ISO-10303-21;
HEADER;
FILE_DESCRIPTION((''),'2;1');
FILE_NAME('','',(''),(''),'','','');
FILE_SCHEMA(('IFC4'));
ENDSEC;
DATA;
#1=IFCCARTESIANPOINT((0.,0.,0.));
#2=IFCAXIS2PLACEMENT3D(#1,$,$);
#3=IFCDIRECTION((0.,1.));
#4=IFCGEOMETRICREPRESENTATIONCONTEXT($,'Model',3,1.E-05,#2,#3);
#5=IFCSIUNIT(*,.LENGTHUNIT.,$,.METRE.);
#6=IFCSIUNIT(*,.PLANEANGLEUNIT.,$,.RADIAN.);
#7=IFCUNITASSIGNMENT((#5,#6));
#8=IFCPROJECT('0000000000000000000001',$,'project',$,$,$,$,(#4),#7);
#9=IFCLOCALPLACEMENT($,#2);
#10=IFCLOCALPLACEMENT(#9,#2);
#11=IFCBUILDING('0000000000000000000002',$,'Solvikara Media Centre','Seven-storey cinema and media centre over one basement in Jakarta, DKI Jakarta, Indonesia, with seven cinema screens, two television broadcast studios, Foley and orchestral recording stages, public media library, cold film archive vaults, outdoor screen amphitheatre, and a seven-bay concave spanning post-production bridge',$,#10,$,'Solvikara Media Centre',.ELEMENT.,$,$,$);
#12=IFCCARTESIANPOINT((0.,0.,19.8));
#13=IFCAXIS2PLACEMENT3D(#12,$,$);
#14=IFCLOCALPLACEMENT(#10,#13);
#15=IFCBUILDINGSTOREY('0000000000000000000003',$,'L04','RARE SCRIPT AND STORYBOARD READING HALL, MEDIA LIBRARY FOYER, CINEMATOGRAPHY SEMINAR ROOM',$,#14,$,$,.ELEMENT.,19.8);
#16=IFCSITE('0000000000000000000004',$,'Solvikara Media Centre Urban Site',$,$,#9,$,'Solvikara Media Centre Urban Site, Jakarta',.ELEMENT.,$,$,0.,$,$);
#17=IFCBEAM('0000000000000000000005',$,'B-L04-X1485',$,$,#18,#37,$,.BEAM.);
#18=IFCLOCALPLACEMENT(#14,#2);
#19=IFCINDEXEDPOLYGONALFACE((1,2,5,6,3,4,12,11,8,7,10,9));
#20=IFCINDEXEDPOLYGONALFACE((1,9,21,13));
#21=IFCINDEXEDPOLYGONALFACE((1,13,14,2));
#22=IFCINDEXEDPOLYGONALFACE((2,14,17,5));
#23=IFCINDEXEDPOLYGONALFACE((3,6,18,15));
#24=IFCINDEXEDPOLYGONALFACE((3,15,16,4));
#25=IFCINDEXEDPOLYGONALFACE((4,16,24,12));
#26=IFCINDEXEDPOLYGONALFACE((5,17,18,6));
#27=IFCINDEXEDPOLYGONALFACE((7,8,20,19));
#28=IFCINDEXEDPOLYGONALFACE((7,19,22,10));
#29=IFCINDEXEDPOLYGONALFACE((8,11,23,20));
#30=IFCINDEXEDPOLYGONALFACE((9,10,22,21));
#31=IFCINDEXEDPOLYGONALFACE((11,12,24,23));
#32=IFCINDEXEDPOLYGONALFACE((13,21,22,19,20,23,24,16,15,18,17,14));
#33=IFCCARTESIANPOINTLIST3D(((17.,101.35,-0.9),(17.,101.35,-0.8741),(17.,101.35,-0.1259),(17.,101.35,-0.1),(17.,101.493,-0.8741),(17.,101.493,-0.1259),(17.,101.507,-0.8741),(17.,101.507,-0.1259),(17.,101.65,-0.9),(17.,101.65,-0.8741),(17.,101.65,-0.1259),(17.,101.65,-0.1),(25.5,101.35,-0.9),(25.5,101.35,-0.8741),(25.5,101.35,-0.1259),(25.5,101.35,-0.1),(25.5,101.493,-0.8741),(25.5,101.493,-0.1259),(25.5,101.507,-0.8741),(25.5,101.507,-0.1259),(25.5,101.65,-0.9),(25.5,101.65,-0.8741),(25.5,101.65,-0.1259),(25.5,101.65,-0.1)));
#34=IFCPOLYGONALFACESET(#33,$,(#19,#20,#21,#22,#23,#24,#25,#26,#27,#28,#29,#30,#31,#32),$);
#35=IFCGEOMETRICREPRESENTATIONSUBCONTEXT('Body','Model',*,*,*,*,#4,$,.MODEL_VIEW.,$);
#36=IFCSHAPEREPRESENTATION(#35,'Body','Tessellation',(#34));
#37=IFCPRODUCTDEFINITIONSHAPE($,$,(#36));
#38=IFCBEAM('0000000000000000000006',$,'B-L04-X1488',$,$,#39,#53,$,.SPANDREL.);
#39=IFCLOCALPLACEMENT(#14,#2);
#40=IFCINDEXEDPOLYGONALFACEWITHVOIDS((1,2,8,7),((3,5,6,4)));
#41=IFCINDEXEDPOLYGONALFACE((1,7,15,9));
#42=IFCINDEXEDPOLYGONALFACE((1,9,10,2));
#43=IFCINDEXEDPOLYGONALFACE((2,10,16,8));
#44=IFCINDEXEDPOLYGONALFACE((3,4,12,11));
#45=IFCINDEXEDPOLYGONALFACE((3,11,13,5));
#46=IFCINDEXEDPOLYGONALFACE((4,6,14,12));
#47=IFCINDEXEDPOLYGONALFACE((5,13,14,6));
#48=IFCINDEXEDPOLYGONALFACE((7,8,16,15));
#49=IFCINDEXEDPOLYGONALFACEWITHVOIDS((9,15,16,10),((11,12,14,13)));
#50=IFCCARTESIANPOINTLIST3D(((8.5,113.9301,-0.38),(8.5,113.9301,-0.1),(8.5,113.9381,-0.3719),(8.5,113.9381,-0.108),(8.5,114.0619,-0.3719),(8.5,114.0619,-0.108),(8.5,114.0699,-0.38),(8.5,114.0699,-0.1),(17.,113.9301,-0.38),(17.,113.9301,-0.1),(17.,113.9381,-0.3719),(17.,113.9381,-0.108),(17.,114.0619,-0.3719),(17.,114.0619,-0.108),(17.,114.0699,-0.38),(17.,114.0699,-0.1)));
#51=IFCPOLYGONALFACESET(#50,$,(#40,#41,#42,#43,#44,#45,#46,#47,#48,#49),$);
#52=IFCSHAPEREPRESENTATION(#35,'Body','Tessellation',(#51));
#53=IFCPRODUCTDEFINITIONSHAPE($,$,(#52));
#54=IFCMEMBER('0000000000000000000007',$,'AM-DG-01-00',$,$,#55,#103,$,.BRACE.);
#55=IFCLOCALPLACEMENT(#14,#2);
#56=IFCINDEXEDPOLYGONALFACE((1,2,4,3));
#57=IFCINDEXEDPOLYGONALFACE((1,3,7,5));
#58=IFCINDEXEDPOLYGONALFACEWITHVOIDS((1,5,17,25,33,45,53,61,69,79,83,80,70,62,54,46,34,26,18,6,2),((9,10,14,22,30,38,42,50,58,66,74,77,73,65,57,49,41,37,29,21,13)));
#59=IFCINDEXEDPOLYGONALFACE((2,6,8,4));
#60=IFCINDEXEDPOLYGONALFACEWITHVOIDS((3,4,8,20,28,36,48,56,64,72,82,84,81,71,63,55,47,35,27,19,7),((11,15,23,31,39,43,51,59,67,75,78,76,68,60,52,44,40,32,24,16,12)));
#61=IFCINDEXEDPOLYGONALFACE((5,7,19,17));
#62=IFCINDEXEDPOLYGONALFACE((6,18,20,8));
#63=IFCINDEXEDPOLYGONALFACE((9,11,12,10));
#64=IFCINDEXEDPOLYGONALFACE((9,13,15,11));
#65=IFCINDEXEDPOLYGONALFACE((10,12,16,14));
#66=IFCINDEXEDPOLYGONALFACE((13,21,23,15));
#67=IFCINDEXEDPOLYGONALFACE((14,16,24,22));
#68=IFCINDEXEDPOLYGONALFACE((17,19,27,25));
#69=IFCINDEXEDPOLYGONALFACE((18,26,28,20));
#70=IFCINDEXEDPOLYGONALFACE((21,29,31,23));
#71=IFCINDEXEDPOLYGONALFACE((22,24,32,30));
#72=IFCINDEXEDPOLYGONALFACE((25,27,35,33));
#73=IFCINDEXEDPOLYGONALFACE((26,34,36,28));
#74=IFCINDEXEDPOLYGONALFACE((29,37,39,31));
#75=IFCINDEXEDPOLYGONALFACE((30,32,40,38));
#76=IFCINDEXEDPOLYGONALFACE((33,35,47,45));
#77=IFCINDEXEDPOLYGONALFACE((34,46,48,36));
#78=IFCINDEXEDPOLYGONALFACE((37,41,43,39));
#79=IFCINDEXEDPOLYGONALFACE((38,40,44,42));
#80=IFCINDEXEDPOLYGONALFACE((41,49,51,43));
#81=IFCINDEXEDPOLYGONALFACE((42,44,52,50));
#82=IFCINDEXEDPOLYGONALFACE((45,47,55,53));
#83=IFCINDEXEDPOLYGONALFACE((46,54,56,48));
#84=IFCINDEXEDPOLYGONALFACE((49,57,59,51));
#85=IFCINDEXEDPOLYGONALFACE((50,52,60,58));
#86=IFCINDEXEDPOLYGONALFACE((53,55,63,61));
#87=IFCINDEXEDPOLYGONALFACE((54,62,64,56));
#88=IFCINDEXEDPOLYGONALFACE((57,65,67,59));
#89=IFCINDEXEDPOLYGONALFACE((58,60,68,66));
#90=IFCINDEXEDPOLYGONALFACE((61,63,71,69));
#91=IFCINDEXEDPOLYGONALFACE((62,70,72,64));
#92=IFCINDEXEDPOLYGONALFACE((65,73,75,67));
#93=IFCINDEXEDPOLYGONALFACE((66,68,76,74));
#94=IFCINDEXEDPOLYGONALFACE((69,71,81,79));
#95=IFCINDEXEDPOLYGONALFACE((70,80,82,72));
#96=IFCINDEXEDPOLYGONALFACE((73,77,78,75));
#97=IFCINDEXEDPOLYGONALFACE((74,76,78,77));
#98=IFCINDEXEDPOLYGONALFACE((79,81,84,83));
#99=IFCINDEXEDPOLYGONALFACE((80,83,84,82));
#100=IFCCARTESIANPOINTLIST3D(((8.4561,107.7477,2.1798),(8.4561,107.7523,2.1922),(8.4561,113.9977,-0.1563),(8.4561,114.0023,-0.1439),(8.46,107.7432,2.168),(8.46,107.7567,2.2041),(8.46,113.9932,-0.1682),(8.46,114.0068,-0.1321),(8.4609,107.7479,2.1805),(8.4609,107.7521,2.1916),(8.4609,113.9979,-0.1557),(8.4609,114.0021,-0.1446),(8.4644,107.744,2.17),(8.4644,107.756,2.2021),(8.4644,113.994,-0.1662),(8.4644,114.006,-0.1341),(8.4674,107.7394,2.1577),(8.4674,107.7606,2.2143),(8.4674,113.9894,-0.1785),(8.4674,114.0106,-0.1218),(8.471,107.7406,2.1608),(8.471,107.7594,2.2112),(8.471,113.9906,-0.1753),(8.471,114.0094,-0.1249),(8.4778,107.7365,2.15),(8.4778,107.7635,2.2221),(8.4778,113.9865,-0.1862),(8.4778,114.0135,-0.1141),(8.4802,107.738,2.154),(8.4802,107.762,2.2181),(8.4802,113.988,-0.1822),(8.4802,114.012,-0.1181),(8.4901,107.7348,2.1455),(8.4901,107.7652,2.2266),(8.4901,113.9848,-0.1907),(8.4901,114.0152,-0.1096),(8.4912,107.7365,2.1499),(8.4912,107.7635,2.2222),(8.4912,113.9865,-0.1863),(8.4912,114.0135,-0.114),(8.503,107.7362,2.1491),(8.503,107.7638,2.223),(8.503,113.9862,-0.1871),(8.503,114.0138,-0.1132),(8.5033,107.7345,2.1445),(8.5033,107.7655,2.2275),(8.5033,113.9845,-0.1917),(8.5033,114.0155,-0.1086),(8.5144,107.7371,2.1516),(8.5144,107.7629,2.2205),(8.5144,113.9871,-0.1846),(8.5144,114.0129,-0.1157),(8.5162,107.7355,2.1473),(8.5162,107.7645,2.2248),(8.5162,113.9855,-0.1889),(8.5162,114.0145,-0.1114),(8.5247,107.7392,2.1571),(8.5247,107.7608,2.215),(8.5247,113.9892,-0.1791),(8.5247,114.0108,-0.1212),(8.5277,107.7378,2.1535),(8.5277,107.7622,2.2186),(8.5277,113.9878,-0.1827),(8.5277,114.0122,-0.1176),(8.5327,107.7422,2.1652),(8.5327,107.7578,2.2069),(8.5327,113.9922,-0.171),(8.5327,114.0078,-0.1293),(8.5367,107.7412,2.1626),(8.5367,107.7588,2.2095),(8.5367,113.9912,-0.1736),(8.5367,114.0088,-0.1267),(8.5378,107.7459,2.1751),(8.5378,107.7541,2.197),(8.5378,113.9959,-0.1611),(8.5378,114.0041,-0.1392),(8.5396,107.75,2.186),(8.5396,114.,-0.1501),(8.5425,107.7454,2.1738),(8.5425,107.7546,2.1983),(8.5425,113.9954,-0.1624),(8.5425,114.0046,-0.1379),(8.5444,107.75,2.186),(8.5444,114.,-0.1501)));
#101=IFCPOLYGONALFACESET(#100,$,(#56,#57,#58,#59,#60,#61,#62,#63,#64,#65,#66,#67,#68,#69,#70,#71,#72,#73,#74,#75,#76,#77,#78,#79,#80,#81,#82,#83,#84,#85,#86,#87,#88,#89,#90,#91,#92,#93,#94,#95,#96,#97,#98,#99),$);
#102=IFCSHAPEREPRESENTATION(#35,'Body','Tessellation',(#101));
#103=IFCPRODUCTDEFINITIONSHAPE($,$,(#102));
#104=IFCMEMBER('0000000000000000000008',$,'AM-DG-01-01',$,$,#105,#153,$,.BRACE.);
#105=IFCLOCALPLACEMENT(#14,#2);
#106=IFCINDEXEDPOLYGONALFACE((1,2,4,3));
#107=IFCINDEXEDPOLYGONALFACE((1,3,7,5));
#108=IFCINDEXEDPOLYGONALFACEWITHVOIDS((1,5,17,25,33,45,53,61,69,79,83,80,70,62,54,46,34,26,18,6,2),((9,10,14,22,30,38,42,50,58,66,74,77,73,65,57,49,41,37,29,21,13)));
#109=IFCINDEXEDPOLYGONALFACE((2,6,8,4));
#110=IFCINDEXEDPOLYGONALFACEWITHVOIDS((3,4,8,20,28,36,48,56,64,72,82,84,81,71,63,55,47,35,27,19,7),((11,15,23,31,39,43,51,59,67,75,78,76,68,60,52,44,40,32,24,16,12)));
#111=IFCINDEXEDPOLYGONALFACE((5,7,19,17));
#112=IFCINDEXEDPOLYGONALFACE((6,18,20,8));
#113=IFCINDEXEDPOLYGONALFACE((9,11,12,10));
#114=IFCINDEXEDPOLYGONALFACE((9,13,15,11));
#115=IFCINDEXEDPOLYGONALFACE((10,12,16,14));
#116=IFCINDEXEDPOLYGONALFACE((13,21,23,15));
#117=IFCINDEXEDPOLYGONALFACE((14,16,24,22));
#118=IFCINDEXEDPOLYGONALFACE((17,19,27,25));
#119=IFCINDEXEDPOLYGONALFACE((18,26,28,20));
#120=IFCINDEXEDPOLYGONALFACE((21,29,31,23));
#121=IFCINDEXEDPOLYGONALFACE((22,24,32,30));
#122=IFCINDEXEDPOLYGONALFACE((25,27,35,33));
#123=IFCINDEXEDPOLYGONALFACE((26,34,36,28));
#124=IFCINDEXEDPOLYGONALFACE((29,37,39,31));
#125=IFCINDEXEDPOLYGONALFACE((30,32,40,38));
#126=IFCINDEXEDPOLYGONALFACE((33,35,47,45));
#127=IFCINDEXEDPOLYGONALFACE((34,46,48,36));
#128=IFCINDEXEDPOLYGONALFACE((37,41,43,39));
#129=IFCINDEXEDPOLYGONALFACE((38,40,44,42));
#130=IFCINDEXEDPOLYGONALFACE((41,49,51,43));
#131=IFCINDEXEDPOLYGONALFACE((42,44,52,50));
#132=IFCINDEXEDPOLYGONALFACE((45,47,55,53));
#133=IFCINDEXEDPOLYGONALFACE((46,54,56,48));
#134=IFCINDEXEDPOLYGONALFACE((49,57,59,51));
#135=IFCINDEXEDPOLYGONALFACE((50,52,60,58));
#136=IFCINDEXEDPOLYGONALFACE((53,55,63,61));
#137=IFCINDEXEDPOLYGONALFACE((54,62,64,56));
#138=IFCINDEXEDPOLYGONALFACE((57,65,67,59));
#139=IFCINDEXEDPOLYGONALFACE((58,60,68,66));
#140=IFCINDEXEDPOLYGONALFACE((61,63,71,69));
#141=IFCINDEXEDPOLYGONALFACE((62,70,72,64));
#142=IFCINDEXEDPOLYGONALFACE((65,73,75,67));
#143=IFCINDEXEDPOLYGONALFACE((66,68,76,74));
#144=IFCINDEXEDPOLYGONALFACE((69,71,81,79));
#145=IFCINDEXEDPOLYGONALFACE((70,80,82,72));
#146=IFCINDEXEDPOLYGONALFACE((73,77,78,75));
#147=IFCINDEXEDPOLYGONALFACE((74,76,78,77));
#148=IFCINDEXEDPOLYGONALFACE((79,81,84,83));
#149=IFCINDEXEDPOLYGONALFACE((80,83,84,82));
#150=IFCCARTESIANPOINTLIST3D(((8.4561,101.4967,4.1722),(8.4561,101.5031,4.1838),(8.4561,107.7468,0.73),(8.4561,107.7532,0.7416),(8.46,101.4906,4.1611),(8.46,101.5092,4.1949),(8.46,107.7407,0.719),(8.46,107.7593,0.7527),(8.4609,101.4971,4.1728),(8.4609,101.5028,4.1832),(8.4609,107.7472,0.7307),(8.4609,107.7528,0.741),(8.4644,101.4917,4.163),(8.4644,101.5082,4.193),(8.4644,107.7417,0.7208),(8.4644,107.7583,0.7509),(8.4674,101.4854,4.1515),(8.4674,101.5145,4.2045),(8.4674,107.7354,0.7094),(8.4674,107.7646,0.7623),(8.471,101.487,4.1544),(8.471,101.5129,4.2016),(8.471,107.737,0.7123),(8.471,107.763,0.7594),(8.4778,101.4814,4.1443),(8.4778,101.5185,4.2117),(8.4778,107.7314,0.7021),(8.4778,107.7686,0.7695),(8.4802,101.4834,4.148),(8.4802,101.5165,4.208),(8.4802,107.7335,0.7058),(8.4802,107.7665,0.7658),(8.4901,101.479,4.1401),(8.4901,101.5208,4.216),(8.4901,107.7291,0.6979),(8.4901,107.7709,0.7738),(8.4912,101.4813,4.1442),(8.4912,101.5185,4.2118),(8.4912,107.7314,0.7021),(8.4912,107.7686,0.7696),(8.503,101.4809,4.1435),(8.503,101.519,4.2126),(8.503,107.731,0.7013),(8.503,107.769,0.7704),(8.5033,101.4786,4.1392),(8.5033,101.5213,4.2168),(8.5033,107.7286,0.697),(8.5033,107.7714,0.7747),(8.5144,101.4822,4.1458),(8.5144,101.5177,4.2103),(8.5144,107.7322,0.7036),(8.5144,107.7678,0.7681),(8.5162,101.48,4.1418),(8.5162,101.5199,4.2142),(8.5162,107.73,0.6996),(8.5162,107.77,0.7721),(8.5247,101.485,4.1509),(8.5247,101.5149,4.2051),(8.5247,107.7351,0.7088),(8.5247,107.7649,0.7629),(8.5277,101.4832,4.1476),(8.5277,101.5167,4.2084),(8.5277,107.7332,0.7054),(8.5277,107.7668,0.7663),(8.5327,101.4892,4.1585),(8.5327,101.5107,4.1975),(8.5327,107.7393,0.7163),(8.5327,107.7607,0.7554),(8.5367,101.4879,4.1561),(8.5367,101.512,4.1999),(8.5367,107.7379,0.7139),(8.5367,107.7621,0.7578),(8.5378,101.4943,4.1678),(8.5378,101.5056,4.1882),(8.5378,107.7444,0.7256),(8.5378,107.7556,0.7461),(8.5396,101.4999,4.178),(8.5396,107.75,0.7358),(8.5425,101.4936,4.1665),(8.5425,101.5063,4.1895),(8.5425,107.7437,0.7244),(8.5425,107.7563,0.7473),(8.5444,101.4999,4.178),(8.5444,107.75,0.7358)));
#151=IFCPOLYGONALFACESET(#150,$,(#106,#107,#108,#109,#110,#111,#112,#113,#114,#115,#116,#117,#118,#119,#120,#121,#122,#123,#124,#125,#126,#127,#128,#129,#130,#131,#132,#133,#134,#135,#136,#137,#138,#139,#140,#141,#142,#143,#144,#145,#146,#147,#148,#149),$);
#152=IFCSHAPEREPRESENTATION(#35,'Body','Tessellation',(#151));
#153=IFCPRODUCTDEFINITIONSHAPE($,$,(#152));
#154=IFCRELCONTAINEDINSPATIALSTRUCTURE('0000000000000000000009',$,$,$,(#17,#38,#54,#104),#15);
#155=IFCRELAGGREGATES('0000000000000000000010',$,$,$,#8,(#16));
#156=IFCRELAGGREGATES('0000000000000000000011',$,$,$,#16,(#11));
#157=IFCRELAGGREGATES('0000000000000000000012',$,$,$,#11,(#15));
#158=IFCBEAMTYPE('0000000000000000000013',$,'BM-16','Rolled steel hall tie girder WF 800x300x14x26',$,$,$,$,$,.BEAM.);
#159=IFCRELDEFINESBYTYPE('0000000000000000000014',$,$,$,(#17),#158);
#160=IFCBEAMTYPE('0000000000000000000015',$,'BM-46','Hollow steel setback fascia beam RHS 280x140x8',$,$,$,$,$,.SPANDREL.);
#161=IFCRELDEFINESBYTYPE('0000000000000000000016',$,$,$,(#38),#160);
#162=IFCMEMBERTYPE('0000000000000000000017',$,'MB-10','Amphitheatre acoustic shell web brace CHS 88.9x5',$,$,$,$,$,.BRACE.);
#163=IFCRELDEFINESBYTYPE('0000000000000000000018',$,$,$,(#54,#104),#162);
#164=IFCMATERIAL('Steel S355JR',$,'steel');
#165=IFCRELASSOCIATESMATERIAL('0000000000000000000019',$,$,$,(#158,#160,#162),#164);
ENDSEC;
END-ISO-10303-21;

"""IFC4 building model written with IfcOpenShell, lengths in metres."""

from ifc_helpers import new_model, si_unit, direction, frame, origin, origin_2d, place, context, subcontext, project, spatial, hollow_rectangle, hollow_circle, i_section, extrude, material, material_profile, profile_set, type_object, element, save


model = new_model("IFC4")

# Units and contexts
model_context = context("Model", 3, precision=1e-05, world=origin(), true_north=direction((0.0, 1.0)))
body_context = subcontext(model_context, "Body", "Model", "MODEL_VIEW")
ifc_project = project(units=[si_unit("LENGTHUNIT", "METRE"), si_unit("PLANEANGLEUNIT", "RADIAN")], contexts=[model_context])

# Site, building, storey
site_placement = place(None, origin())
site = spatial("IfcSite", under=ifc_project, at=site_placement, Name="Solvikara Media Centre Urban Site", LongName="Solvikara Media Centre Urban Site, Jakarta", CompositionType="ELEMENT", RefElevation=0.0)
building_placement = place(site_placement, origin())
building = spatial("IfcBuilding", under=site, at=building_placement, Name="Solvikara Media Centre", Description="Seven-storey cinema and media centre over one basement in Jakarta, DKI Jakarta, Indonesia, with seven cinema screens, two television broadcast studios, Foley and orchestral recording stages, public media library, cold film archive vaults, outdoor screen amphitheatre, and a seven-bay concave spanning post-production bridge", LongName="Solvikara Media Centre", CompositionType="ELEMENT")
storey_placement = place(building_placement, frame((0.0, 0.0, 19.8)))
storey = spatial("IfcBuildingStorey", under=building, at=storey_placement, Name="L04", Description="RARE SCRIPT AND STORYBOARD READING HALL, MEDIA LIBRARY FOYER, CINEMATOGRAPHY SEMINAR ROOM", CompositionType="ELEMENT", Elevation=19.8)

# Beams
ifc_material_1 = material(Name="Steel S355JR", Category="steel")
ifc_material_profile_1 = material_profile(ifc_material_1, i_section(OverallWidth=0.3, OverallDepth=0.8, WebThickness=0.0139, FlangeThickness=0.0259, at=origin_2d()), Name="WF 800x300x14x26")
ifc_profile_set_1 = profile_set([ifc_material_profile_1], Name="Steel S355JR")
beam_type_1 = type_object("IfcBeamType", Name="BM-16", Description="Rolled steel hall tie girder WF 800x300x14x26", PredefinedType="BEAM", material=ifc_profile_set_1)
beam_1_placement = place(storey_placement, frame((17.0, 101.5, -0.5), z_axis=(1.0, 0.0, 0.0), x_axis=(0.0, 1.0, 0.0)))
element("IfcBeam", 1, at=beam_1_placement, inside=storey, type_object=beam_type_1, Name="B-L04-X1485", PredefinedType="BEAM", context=body_context, shape_type="SweptSolid", body=[
    extrude(i_section(OverallWidth=0.3, OverallDepth=0.8, WebThickness=0.0139, FlangeThickness=0.0259, at=origin_2d()), origin(), (0.0, 0.0, 1.0), 8.5),
])
ifc_material_profile_2 = material_profile(ifc_material_1, hollow_rectangle(XDim=0.1399, YDim=0.28, WallThickness=0.0081, at=origin_2d()), Name="RHS 280x140x8")
ifc_profile_set_2 = profile_set([ifc_material_profile_2], Name="Steel S355JR")
beam_type_2 = type_object("IfcBeamType", Name="BM-46", Description="Hollow steel setback fascia beam RHS 280x140x8", PredefinedType="SPANDREL", material=ifc_profile_set_2)
beam_2_placement = place(storey_placement, frame((8.5, 114.0, -0.24), z_axis=(1.0, 0.0, 0.0), x_axis=(0.0, 1.0, 0.0)))
element("IfcBeam", 2, at=beam_2_placement, inside=storey, type_object=beam_type_2, Name="B-L04-X1488", PredefinedType="SPANDREL", context=body_context, shape_type="SweptSolid", body=[
    extrude(hollow_rectangle(XDim=0.1399, YDim=0.28, WallThickness=0.0081, at=origin_2d()), origin(), (0.0, 0.0, 1.0), 8.5),
])

# Members
ifc_material_profile_3 = material_profile(ifc_material_1, hollow_circle(Radius=0.0444, WallThickness=0.0049, at=origin_2d()), Name="CHS 88.9x5")
ifc_profile_set_3 = profile_set([ifc_material_profile_3], Name="Steel S355JR")
member_type_1 = type_object("IfcMemberType", Name="MB-10", Description="Amphitheatre acoustic shell web brace CHS 88.9x5", PredefinedType="BRACE", material=ifc_profile_set_3)
member_1_placement = place(storey_placement, frame((8.5, 114.0, -0.1501), z_axis=(0.0, -0.936702, 0.350129), x_axis=(1.0, 0.0, 0.0)))
element("IfcMember", 3, at=member_1_placement, inside=storey, type_object=member_type_1, Name="AM-DG-01-00", PredefinedType="BRACE", context=body_context, shape_type="SweptSolid", body=[
    extrude(hollow_circle(Radius=0.0444, WallThickness=0.0049, at=origin_2d()), origin(), (0.0, 0.0, 1.0), 6.6724),
])
for number, where, z_axis, x_axis, name in (
    (4, (8.5, 107.75, 0.7358), (0.0, -0.875941, 0.482418), (1.0, 0.0, 0.0), "AM-DG-01-01"),
):
    element("IfcMember", number, at=place(storey_placement, frame(where, z_axis=z_axis, x_axis=x_axis)), inside=storey, type_object=member_type_1, Name=name, PredefinedType="BRACE", context=body_context, shape_type="SweptSolid", body=[
        extrude(hollow_circle(Radius=0.0444, WallThickness=0.0049, at=origin_2d()), origin(), (0.0, 0.0, 1.0), 7.1353),
    ])

save(model, "model.ifc")
